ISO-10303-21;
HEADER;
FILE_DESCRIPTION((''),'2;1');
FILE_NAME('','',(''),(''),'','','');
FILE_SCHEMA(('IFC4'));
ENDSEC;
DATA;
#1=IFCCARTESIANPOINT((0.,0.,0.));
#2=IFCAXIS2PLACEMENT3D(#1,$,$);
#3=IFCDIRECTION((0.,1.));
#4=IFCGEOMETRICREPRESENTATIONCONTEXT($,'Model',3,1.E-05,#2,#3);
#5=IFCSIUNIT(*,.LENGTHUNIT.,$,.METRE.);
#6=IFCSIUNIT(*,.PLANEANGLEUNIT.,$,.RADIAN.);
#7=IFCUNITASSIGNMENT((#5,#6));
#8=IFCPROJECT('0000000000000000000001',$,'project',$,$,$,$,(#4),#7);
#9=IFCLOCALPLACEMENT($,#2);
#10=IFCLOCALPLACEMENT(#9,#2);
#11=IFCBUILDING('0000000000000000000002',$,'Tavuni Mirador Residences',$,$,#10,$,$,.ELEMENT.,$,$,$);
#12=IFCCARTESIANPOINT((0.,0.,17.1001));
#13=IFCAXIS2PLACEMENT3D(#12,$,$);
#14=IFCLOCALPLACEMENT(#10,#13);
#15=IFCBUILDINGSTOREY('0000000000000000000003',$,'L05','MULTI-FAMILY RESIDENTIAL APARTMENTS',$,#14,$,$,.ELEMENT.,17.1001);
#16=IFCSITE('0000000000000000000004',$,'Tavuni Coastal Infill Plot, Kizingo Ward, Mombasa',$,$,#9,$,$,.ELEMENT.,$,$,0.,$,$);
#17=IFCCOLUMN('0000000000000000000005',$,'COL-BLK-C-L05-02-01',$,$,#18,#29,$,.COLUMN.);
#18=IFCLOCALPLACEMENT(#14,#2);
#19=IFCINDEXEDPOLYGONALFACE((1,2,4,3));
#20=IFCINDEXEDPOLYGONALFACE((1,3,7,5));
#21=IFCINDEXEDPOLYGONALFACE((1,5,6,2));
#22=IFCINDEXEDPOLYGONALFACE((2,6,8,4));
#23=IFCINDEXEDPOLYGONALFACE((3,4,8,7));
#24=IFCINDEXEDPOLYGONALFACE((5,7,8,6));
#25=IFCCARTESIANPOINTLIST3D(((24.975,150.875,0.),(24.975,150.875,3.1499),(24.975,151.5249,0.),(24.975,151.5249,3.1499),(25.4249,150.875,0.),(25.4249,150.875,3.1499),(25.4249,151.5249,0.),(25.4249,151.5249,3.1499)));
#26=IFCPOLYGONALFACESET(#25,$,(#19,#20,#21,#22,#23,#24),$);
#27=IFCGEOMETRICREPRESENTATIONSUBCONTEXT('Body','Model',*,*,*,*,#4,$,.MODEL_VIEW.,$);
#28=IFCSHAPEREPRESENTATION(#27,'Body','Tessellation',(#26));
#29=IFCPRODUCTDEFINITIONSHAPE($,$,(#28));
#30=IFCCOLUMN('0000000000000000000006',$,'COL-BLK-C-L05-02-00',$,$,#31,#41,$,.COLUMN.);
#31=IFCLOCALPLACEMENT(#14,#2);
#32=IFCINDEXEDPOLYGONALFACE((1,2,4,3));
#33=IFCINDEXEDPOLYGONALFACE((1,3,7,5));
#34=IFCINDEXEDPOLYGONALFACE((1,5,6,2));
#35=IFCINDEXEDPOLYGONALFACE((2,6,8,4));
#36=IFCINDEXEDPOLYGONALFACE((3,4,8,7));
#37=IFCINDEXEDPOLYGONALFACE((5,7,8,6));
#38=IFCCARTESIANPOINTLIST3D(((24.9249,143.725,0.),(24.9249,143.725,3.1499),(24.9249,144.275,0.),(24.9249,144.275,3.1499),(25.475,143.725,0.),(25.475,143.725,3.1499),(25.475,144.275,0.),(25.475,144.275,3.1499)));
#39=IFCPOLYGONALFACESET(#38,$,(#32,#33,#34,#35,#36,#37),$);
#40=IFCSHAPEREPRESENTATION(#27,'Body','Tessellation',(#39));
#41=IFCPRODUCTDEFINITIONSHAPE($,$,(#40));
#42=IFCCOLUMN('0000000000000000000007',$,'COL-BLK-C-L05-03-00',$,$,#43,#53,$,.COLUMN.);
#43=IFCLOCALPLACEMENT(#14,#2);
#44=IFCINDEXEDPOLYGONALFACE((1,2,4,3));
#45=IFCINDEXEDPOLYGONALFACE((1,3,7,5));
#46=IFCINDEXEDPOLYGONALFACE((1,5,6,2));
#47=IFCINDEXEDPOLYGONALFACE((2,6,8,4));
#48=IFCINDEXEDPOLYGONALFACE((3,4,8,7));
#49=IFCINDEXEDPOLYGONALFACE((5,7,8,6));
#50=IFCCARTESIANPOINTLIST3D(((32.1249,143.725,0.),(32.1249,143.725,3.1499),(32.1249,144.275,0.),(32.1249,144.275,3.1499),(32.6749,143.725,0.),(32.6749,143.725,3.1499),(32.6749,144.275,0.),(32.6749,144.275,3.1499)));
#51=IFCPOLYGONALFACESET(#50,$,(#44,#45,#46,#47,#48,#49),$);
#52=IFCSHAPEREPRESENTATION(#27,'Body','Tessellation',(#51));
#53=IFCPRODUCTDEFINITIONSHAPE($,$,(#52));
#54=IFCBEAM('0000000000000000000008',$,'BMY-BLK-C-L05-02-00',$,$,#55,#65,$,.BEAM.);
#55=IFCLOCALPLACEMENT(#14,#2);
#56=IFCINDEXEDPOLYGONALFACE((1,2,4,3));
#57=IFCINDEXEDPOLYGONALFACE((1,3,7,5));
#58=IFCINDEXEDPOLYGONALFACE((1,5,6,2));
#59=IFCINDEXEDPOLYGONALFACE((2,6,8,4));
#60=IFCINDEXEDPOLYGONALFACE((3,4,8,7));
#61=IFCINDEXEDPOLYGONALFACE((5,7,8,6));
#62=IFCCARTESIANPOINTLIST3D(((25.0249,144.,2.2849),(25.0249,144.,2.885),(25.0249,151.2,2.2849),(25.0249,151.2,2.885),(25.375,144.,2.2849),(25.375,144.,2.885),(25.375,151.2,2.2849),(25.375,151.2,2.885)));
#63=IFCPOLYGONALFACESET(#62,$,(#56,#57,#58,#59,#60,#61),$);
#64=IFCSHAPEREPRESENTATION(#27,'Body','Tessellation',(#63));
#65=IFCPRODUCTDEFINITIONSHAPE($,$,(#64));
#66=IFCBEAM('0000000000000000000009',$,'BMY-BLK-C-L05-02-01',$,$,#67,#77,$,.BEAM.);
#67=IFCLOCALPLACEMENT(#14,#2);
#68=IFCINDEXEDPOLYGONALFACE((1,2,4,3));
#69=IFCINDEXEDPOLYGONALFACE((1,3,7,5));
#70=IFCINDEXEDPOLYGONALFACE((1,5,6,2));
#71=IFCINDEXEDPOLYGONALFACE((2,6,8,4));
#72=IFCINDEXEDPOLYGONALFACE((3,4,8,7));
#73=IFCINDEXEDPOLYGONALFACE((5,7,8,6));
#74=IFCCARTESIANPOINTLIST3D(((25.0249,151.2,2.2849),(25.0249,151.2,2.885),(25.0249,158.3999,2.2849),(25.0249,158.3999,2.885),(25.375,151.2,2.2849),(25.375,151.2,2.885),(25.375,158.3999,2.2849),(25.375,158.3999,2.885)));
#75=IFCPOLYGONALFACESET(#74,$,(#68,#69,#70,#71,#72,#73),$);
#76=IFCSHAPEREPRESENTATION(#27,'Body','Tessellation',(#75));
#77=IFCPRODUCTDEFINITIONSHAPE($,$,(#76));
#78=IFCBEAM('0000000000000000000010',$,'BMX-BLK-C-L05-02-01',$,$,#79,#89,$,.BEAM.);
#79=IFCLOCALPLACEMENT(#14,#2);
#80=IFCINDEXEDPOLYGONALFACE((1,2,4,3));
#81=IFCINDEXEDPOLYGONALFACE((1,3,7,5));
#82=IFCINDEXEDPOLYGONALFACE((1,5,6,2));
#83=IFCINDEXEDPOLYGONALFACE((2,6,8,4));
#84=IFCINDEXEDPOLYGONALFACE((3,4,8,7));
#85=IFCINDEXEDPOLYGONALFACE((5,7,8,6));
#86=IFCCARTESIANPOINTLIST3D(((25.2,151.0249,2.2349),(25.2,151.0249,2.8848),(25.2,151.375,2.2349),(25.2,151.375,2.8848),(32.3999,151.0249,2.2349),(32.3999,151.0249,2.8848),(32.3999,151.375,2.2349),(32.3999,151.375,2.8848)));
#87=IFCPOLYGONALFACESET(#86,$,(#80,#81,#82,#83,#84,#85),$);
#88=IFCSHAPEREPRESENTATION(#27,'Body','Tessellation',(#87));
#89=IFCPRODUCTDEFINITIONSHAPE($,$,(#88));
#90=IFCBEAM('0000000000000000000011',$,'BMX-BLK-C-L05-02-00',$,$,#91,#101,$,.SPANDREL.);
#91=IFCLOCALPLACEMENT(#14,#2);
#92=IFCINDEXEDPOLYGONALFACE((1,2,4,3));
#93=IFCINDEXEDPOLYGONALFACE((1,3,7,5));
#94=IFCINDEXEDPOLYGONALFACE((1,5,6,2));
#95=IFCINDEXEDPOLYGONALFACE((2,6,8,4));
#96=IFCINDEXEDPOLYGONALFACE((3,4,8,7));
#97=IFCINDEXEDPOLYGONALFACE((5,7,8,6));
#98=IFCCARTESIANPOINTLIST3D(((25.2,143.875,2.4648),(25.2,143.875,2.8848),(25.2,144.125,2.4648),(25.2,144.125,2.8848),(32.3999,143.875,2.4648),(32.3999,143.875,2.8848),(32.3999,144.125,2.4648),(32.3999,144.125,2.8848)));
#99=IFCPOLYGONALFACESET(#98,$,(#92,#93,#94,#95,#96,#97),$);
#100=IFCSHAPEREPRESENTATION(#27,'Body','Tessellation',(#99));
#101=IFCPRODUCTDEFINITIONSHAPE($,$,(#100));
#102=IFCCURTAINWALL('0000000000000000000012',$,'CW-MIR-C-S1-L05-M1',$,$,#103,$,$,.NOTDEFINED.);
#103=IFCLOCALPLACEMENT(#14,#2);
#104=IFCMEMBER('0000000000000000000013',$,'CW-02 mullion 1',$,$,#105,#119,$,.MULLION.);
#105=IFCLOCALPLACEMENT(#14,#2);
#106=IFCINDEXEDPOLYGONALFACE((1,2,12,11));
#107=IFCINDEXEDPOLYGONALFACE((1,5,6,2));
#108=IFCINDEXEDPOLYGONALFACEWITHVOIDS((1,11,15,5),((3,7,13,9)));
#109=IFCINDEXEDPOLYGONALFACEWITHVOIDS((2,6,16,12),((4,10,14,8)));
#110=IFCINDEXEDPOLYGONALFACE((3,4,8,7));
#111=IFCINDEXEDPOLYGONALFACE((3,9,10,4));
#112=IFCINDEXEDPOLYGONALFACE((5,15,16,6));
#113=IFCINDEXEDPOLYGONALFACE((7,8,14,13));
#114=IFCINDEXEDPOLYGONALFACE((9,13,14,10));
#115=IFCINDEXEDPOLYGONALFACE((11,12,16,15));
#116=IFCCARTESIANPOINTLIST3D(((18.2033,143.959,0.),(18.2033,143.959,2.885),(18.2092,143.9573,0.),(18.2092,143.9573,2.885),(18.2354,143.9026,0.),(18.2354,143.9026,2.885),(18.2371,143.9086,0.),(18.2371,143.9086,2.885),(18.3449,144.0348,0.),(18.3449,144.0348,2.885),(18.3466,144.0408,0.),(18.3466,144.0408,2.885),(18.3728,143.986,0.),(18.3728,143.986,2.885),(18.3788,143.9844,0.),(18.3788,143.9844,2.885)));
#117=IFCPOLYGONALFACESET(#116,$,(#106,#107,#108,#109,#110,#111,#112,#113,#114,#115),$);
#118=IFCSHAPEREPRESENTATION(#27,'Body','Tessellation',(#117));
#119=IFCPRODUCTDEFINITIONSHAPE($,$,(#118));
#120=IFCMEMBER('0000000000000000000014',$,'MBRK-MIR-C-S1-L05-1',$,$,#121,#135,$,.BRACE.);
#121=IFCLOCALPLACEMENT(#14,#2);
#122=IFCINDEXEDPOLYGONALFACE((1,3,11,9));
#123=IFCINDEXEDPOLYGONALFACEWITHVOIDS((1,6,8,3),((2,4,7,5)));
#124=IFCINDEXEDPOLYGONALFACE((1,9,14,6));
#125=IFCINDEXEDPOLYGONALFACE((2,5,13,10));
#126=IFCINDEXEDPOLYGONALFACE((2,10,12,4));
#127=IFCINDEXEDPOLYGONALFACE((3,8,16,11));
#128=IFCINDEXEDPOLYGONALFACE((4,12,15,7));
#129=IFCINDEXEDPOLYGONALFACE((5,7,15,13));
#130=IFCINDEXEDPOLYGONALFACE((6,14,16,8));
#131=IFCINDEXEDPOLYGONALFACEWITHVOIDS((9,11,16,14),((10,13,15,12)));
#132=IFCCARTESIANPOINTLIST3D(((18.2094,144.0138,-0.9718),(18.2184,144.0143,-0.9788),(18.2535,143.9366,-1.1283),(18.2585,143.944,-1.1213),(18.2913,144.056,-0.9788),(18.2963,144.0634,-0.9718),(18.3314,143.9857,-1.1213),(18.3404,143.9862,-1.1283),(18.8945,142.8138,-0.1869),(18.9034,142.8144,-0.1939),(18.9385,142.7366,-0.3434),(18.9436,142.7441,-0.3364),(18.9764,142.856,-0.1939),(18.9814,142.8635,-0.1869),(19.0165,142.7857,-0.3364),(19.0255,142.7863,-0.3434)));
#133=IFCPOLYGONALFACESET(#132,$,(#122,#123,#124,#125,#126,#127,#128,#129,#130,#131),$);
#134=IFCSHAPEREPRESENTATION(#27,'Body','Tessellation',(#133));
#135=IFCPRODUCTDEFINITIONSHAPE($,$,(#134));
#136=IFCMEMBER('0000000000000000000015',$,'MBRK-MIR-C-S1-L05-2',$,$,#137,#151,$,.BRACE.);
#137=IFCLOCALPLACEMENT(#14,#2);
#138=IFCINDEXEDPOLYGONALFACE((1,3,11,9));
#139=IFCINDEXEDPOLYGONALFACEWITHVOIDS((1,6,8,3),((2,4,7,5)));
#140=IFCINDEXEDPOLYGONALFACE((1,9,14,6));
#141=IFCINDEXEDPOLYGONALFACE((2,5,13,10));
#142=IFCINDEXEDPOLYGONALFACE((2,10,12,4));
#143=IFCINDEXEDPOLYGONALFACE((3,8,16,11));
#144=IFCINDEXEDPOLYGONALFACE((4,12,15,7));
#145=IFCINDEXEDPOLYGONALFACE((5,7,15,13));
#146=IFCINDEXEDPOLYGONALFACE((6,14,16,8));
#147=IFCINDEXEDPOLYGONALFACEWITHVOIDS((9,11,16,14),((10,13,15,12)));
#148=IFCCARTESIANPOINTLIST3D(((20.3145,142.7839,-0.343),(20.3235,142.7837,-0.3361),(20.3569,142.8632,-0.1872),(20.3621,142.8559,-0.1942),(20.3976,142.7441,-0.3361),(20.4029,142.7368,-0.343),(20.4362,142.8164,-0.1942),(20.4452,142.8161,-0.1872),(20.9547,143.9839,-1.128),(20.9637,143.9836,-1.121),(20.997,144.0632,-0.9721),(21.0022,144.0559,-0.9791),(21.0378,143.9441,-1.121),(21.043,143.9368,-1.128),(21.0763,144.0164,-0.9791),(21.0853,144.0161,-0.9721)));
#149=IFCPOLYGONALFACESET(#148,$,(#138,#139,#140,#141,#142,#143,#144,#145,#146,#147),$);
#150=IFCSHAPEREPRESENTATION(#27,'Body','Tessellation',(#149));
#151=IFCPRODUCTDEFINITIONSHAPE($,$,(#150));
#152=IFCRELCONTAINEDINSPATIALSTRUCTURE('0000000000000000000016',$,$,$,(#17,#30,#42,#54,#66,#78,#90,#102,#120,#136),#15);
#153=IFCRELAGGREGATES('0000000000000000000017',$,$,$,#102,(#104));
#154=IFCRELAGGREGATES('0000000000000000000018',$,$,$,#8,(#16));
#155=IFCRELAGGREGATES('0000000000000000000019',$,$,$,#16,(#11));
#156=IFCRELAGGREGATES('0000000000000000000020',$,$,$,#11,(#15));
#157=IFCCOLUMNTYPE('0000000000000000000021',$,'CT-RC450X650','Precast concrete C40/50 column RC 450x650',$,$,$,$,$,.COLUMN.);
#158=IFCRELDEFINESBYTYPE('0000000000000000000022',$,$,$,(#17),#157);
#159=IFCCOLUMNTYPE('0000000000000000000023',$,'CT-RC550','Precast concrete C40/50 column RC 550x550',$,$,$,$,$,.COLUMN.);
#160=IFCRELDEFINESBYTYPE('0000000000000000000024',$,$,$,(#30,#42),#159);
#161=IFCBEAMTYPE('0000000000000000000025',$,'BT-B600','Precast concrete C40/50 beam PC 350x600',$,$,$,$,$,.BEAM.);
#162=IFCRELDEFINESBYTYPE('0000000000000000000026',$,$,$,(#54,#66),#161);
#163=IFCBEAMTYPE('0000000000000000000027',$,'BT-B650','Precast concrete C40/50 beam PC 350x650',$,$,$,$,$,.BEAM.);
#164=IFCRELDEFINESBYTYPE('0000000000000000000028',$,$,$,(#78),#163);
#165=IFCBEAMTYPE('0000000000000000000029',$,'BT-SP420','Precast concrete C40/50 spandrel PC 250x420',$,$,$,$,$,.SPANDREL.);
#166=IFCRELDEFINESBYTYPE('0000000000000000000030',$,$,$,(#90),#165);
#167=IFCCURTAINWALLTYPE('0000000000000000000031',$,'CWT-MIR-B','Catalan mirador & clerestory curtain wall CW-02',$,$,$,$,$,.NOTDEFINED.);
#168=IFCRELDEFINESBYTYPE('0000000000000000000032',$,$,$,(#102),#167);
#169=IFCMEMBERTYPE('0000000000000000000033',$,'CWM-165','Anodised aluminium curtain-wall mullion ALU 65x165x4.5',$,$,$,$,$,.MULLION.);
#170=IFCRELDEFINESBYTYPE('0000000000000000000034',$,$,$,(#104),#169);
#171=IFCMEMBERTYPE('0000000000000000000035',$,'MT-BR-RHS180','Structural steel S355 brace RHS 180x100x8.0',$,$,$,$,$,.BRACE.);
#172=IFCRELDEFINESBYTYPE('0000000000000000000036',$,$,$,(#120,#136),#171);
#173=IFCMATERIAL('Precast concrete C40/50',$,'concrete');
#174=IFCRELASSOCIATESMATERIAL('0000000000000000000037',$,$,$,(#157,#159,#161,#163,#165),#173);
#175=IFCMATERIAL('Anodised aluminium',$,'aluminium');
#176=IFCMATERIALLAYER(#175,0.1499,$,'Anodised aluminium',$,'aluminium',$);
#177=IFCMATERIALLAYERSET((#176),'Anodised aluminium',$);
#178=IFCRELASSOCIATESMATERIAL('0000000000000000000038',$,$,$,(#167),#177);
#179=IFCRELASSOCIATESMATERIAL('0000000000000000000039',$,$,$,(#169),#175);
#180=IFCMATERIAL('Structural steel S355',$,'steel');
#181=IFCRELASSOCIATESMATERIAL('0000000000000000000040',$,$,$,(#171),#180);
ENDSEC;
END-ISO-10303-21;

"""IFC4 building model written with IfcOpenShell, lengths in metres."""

from ifc_helpers import new_model, si_unit, direction, frame, origin, origin_2d, place, context, subcontext, project, spatial, rectangle, hollow_rectangle, extrude, material, layer, layer_set, material_profile, profile_set, type_object, element, aggregate, save


model = new_model("IFC4")

# Units and contexts
model_context = context("Model", 3, precision=1e-05, world=origin(), true_north=direction((0.0, 1.0)))
body_context = subcontext(model_context, "Body", "Model", "MODEL_VIEW")
ifc_project = project(units=[si_unit("LENGTHUNIT", "METRE"), si_unit("PLANEANGLEUNIT", "RADIAN")], contexts=[model_context])

# Site, building, storey
site_placement = place(None, origin())
site = spatial("IfcSite", under=ifc_project, at=site_placement, Name="Tavuni Coastal Infill Plot, Kizingo Ward, Mombasa", CompositionType="ELEMENT", RefElevation=0.0)
building_placement = place(site_placement, origin())
building = spatial("IfcBuilding", under=site, at=building_placement, Name="Tavuni Mirador Residences", CompositionType="ELEMENT")
storey_placement = place(building_placement, frame((0.0, 0.0, 17.1001)))
storey = spatial("IfcBuildingStorey", under=building, at=storey_placement, Name="L05", Description="MULTI-FAMILY RESIDENTIAL APARTMENTS", CompositionType="ELEMENT", Elevation=17.1001)

# Columns
ifc_material_1 = material(Name="Precast concrete C40/50", Category="concrete")
ifc_material_profile_1 = material_profile(ifc_material_1, rectangle(XDim=0.45, YDim=0.6499, at=origin_2d()), Name="RC 450x650", Category="concrete")
ifc_profile_set_1 = profile_set([ifc_material_profile_1], Name="Precast concrete C40/50")
column_type_1 = type_object("IfcColumnType", Name="CT-RC450X650", Description="Precast concrete C40/50 column RC 450x650", PredefinedType="COLUMN", material=ifc_profile_set_1)
column_placement = place(storey_placement, frame((25.2, 151.2, 0.0), z_axis=(0.0, 0.0, 1.0), x_axis=(1.0, 0.0, 0.0)))
element("IfcColumn", 1, at=column_placement, inside=storey, type_object=column_type_1, Name="COL-BLK-C-L05-02-01", PredefinedType="COLUMN", context=body_context, shape_type="SweptSolid", body=[
    extrude(rectangle(XDim=0.45, YDim=0.6499, at=origin_2d()), origin(), (0.0, 0.0, 1.0), 3.1499),
])
ifc_material_profile_2 = material_profile(ifc_material_1, rectangle(XDim=0.55, YDim=0.55, at=origin_2d()), Name="RC 550x550", Category="concrete")
ifc_profile_set_2 = profile_set([ifc_material_profile_2], Name="Precast concrete C40/50")
column_type_2 = type_object("IfcColumnType", Name="CT-RC550", Description="Precast concrete C40/50 column RC 550x550", PredefinedType="COLUMN", material=ifc_profile_set_2)
for number, where, z_axis, x_axis, name in (
    (2, (25.2, 144.0, 0.0), (0.0, 0.0, 1.0), (1.0, 0.0, 0.0), "COL-BLK-C-L05-02-00"),
    (3, (32.3999, 144.0, 0.0), (0.0, 0.0, 1.0), (1.0, 0.0, 0.0), "COL-BLK-C-L05-03-00"),
):
    element("IfcColumn", number, at=place(storey_placement, frame(where, z_axis=z_axis, x_axis=x_axis)), inside=storey, type_object=column_type_2, Name=name, PredefinedType="COLUMN", context=body_context, shape_type="SweptSolid", body=[
        extrude(rectangle(XDim=0.55, YDim=0.55, at=origin_2d()), origin(), (0.0, 0.0, 1.0), 3.1499),
    ])

# Beams
ifc_material_profile_3 = material_profile(ifc_material_1, rectangle(XDim=0.3501, YDim=0.6001, at=origin_2d()), Name="PC 350x600", Category="concrete")
ifc_profile_set_3 = profile_set([ifc_material_profile_3], Name="Precast concrete C40/50")
beam_type_1 = type_object("IfcBeamType", Name="BT-B600", Description="Precast concrete C40/50 beam PC 350x600", PredefinedType="BEAM", material=ifc_profile_set_3)
for number, where, z_axis, x_axis, name in (
    (4, (25.2, 144.0, 2.585), (0.0, 1.0, 0.0), (-1.0, 0.0, 0.0), "BMY-BLK-C-L05-02-00"),
    (5, (25.2, 151.2, 2.585), (0.0, 1.0, 0.0), (-1.0, 0.0, 0.0), "BMY-BLK-C-L05-02-01"),
):
    element("IfcBeam", number, at=place(storey_placement, frame(where, z_axis=z_axis, x_axis=x_axis)), inside=storey, type_object=beam_type_1, Name=name, PredefinedType="BEAM", context=body_context, shape_type="SweptSolid", body=[
        extrude(rectangle(XDim=0.3501, YDim=0.6001, at=origin_2d()), origin(), (0.0, 0.0, 1.0), 7.2),
    ])
ifc_material_profile_4 = material_profile(ifc_material_1, rectangle(XDim=0.3501, YDim=0.6499, at=origin_2d()), Name="PC 350x650", Category="concrete")
ifc_profile_set_4 = profile_set([ifc_material_profile_4], Name="Precast concrete C40/50")
beam_type_2 = type_object("IfcBeamType", Name="BT-B650", Description="Precast concrete C40/50 beam PC 350x650", PredefinedType="BEAM", material=ifc_profile_set_4)
beam_1_placement = place(storey_placement, frame((25.2, 151.2, 2.5598), z_axis=(1.0, 0.0, 0.0), x_axis=(0.0, 1.0, 0.0)))
element("IfcBeam", 6, at=beam_1_placement, inside=storey, type_object=beam_type_2, Name="BMX-BLK-C-L05-02-01", PredefinedType="BEAM", context=body_context, shape_type="SweptSolid", body=[
    extrude(rectangle(XDim=0.3501, YDim=0.6499, at=origin_2d()), origin(), (0.0, 0.0, 1.0), 7.2),
])
ifc_material_profile_5 = material_profile(ifc_material_1, rectangle(XDim=0.25, YDim=0.4199, at=origin_2d()), Name="PC 250x420", Category="concrete")
ifc_profile_set_5 = profile_set([ifc_material_profile_5], Name="Precast concrete C40/50")
beam_type_3 = type_object("IfcBeamType", Name="BT-SP420", Description="Precast concrete C40/50 spandrel PC 250x420", PredefinedType="SPANDREL", material=ifc_profile_set_5)
beam_2_placement = place(storey_placement, frame((25.2, 144.0, 2.6748), z_axis=(1.0, 0.0, 0.0), x_axis=(0.0, 1.0, 0.0)))
element("IfcBeam", 7, at=beam_2_placement, inside=storey, type_object=beam_type_3, Name="BMX-BLK-C-L05-02-00", PredefinedType="SPANDREL", context=body_context, shape_type="SweptSolid", body=[
    extrude(rectangle(XDim=0.25, YDim=0.4199, at=origin_2d()), origin(), (0.0, 0.0, 1.0), 7.2),
])

# Curtain wall, member
ifc_material_2 = material(Name="Anodised aluminium", Category="aluminium")
ifc_layer_1 = layer(ifc_material_2, 0.1499, Name="Anodised aluminium", Category="aluminium")
ifc_layer_set_1 = layer_set([ifc_layer_1], Name="Anodised aluminium")
curtain_wall_type = type_object("IfcCurtainWallType", Name="CWT-MIR-B", Description="Catalan mirador & clerestory curtain wall CW-02", PredefinedType="NOTDEFINED", material=ifc_layer_set_1)
curtain_wall_placement = place(storey_placement, origin())
curtain_wall = element("IfcCurtainWall", 8, at=curtain_wall_placement, inside=storey, type_object=curtain_wall_type, Name="CW-MIR-C-S1-L05-M1", PredefinedType="NOTDEFINED")
ifc_material_profile_6 = material_profile(ifc_material_2, hollow_rectangle(XDim=0.0649, YDim=0.165, WallThickness=0.0044, at=origin_2d()), Name="ALU 65x165x4.5", Category="aluminium")
ifc_profile_set_6 = profile_set([ifc_material_profile_6], Name="Anodised aluminium")
member_type_1 = type_object("IfcMemberType", Name="CWM-165", Description="Anodised aluminium curtain-wall mullion ALU 65x165x4.5", PredefinedType="MULLION", material=ifc_profile_set_6)
member_1_placement = place(storey_placement, frame((18.291, 143.9717, 0.0), z_axis=(0.0, 0.0, 1.0), x_axis=(0.495749, -0.868466, 0.0)))
member_1 = element("IfcMember", 9, at=member_1_placement, type_object=member_type_1, Name="CW-02 mullion 1", PredefinedType="MULLION", context=body_context, shape_type="SweptSolid", body=[
    extrude(hollow_rectangle(XDim=0.0649, YDim=0.165, WallThickness=0.0044, at=origin_2d()), origin(), (0.0, 0.0, 1.0), 2.885),
])
aggregate(curtain_wall, [member_1])

# Members
ifc_material_3 = material(Name="Structural steel S355", Category="steel")
ifc_material_profile_7 = material_profile(ifc_material_3, hollow_rectangle(XDim=0.1001, YDim=0.1799, WallThickness=0.0081, at=origin_2d()), Name="RHS 180x100x8.0", Category="steel")
ifc_profile_set_7 = profile_set([ifc_material_profile_7], Name="Structural steel S355")
member_type_2 = type_object("IfcMemberType", Name="MT-BR-RHS180", Description="Structural steel S355 brace RHS 180x100x8.0", PredefinedType="BRACE", material=ifc_profile_set_7)
member_2_placement = place(storey_placement, frame((18.2749, 144.0, -1.05), z_axis=(0.431095, -0.755108, 0.493931), x_axis=(0.868439, 0.495796, 0.0)))
element("IfcMember", 10, at=member_2_placement, inside=storey, type_object=member_type_2, Name="MBRK-MIR-C-S1-L05-1", PredefinedType="BRACE", context=body_context, shape_type="SweptSolid", body=[
    extrude(hollow_rectangle(XDim=0.1001, YDim=0.1799, WallThickness=0.0081, at=origin_2d()), origin(), (0.0, 0.0, 1.0), 1.5891),
])
member_3_placement = place(storey_placement, frame((21.02, 144.0, -1.05), z_axis=(-0.407661, -0.764169, 0.499858), x_axis=(0.882303, -0.470681, 0.0)))
element("IfcMember", 11, at=member_3_placement, inside=storey, type_object=member_type_2, Name="MBRK-MIR-C-S1-L05-2", PredefinedType="BRACE", context=body_context, shape_type="SweptSolid", body=[
    extrude(hollow_rectangle(XDim=0.1001, YDim=0.1799, WallThickness=0.0081, at=origin_2d()), origin(), (0.0, 0.0, 1.0), 1.5703),
])

save(model, "model.ifc")
